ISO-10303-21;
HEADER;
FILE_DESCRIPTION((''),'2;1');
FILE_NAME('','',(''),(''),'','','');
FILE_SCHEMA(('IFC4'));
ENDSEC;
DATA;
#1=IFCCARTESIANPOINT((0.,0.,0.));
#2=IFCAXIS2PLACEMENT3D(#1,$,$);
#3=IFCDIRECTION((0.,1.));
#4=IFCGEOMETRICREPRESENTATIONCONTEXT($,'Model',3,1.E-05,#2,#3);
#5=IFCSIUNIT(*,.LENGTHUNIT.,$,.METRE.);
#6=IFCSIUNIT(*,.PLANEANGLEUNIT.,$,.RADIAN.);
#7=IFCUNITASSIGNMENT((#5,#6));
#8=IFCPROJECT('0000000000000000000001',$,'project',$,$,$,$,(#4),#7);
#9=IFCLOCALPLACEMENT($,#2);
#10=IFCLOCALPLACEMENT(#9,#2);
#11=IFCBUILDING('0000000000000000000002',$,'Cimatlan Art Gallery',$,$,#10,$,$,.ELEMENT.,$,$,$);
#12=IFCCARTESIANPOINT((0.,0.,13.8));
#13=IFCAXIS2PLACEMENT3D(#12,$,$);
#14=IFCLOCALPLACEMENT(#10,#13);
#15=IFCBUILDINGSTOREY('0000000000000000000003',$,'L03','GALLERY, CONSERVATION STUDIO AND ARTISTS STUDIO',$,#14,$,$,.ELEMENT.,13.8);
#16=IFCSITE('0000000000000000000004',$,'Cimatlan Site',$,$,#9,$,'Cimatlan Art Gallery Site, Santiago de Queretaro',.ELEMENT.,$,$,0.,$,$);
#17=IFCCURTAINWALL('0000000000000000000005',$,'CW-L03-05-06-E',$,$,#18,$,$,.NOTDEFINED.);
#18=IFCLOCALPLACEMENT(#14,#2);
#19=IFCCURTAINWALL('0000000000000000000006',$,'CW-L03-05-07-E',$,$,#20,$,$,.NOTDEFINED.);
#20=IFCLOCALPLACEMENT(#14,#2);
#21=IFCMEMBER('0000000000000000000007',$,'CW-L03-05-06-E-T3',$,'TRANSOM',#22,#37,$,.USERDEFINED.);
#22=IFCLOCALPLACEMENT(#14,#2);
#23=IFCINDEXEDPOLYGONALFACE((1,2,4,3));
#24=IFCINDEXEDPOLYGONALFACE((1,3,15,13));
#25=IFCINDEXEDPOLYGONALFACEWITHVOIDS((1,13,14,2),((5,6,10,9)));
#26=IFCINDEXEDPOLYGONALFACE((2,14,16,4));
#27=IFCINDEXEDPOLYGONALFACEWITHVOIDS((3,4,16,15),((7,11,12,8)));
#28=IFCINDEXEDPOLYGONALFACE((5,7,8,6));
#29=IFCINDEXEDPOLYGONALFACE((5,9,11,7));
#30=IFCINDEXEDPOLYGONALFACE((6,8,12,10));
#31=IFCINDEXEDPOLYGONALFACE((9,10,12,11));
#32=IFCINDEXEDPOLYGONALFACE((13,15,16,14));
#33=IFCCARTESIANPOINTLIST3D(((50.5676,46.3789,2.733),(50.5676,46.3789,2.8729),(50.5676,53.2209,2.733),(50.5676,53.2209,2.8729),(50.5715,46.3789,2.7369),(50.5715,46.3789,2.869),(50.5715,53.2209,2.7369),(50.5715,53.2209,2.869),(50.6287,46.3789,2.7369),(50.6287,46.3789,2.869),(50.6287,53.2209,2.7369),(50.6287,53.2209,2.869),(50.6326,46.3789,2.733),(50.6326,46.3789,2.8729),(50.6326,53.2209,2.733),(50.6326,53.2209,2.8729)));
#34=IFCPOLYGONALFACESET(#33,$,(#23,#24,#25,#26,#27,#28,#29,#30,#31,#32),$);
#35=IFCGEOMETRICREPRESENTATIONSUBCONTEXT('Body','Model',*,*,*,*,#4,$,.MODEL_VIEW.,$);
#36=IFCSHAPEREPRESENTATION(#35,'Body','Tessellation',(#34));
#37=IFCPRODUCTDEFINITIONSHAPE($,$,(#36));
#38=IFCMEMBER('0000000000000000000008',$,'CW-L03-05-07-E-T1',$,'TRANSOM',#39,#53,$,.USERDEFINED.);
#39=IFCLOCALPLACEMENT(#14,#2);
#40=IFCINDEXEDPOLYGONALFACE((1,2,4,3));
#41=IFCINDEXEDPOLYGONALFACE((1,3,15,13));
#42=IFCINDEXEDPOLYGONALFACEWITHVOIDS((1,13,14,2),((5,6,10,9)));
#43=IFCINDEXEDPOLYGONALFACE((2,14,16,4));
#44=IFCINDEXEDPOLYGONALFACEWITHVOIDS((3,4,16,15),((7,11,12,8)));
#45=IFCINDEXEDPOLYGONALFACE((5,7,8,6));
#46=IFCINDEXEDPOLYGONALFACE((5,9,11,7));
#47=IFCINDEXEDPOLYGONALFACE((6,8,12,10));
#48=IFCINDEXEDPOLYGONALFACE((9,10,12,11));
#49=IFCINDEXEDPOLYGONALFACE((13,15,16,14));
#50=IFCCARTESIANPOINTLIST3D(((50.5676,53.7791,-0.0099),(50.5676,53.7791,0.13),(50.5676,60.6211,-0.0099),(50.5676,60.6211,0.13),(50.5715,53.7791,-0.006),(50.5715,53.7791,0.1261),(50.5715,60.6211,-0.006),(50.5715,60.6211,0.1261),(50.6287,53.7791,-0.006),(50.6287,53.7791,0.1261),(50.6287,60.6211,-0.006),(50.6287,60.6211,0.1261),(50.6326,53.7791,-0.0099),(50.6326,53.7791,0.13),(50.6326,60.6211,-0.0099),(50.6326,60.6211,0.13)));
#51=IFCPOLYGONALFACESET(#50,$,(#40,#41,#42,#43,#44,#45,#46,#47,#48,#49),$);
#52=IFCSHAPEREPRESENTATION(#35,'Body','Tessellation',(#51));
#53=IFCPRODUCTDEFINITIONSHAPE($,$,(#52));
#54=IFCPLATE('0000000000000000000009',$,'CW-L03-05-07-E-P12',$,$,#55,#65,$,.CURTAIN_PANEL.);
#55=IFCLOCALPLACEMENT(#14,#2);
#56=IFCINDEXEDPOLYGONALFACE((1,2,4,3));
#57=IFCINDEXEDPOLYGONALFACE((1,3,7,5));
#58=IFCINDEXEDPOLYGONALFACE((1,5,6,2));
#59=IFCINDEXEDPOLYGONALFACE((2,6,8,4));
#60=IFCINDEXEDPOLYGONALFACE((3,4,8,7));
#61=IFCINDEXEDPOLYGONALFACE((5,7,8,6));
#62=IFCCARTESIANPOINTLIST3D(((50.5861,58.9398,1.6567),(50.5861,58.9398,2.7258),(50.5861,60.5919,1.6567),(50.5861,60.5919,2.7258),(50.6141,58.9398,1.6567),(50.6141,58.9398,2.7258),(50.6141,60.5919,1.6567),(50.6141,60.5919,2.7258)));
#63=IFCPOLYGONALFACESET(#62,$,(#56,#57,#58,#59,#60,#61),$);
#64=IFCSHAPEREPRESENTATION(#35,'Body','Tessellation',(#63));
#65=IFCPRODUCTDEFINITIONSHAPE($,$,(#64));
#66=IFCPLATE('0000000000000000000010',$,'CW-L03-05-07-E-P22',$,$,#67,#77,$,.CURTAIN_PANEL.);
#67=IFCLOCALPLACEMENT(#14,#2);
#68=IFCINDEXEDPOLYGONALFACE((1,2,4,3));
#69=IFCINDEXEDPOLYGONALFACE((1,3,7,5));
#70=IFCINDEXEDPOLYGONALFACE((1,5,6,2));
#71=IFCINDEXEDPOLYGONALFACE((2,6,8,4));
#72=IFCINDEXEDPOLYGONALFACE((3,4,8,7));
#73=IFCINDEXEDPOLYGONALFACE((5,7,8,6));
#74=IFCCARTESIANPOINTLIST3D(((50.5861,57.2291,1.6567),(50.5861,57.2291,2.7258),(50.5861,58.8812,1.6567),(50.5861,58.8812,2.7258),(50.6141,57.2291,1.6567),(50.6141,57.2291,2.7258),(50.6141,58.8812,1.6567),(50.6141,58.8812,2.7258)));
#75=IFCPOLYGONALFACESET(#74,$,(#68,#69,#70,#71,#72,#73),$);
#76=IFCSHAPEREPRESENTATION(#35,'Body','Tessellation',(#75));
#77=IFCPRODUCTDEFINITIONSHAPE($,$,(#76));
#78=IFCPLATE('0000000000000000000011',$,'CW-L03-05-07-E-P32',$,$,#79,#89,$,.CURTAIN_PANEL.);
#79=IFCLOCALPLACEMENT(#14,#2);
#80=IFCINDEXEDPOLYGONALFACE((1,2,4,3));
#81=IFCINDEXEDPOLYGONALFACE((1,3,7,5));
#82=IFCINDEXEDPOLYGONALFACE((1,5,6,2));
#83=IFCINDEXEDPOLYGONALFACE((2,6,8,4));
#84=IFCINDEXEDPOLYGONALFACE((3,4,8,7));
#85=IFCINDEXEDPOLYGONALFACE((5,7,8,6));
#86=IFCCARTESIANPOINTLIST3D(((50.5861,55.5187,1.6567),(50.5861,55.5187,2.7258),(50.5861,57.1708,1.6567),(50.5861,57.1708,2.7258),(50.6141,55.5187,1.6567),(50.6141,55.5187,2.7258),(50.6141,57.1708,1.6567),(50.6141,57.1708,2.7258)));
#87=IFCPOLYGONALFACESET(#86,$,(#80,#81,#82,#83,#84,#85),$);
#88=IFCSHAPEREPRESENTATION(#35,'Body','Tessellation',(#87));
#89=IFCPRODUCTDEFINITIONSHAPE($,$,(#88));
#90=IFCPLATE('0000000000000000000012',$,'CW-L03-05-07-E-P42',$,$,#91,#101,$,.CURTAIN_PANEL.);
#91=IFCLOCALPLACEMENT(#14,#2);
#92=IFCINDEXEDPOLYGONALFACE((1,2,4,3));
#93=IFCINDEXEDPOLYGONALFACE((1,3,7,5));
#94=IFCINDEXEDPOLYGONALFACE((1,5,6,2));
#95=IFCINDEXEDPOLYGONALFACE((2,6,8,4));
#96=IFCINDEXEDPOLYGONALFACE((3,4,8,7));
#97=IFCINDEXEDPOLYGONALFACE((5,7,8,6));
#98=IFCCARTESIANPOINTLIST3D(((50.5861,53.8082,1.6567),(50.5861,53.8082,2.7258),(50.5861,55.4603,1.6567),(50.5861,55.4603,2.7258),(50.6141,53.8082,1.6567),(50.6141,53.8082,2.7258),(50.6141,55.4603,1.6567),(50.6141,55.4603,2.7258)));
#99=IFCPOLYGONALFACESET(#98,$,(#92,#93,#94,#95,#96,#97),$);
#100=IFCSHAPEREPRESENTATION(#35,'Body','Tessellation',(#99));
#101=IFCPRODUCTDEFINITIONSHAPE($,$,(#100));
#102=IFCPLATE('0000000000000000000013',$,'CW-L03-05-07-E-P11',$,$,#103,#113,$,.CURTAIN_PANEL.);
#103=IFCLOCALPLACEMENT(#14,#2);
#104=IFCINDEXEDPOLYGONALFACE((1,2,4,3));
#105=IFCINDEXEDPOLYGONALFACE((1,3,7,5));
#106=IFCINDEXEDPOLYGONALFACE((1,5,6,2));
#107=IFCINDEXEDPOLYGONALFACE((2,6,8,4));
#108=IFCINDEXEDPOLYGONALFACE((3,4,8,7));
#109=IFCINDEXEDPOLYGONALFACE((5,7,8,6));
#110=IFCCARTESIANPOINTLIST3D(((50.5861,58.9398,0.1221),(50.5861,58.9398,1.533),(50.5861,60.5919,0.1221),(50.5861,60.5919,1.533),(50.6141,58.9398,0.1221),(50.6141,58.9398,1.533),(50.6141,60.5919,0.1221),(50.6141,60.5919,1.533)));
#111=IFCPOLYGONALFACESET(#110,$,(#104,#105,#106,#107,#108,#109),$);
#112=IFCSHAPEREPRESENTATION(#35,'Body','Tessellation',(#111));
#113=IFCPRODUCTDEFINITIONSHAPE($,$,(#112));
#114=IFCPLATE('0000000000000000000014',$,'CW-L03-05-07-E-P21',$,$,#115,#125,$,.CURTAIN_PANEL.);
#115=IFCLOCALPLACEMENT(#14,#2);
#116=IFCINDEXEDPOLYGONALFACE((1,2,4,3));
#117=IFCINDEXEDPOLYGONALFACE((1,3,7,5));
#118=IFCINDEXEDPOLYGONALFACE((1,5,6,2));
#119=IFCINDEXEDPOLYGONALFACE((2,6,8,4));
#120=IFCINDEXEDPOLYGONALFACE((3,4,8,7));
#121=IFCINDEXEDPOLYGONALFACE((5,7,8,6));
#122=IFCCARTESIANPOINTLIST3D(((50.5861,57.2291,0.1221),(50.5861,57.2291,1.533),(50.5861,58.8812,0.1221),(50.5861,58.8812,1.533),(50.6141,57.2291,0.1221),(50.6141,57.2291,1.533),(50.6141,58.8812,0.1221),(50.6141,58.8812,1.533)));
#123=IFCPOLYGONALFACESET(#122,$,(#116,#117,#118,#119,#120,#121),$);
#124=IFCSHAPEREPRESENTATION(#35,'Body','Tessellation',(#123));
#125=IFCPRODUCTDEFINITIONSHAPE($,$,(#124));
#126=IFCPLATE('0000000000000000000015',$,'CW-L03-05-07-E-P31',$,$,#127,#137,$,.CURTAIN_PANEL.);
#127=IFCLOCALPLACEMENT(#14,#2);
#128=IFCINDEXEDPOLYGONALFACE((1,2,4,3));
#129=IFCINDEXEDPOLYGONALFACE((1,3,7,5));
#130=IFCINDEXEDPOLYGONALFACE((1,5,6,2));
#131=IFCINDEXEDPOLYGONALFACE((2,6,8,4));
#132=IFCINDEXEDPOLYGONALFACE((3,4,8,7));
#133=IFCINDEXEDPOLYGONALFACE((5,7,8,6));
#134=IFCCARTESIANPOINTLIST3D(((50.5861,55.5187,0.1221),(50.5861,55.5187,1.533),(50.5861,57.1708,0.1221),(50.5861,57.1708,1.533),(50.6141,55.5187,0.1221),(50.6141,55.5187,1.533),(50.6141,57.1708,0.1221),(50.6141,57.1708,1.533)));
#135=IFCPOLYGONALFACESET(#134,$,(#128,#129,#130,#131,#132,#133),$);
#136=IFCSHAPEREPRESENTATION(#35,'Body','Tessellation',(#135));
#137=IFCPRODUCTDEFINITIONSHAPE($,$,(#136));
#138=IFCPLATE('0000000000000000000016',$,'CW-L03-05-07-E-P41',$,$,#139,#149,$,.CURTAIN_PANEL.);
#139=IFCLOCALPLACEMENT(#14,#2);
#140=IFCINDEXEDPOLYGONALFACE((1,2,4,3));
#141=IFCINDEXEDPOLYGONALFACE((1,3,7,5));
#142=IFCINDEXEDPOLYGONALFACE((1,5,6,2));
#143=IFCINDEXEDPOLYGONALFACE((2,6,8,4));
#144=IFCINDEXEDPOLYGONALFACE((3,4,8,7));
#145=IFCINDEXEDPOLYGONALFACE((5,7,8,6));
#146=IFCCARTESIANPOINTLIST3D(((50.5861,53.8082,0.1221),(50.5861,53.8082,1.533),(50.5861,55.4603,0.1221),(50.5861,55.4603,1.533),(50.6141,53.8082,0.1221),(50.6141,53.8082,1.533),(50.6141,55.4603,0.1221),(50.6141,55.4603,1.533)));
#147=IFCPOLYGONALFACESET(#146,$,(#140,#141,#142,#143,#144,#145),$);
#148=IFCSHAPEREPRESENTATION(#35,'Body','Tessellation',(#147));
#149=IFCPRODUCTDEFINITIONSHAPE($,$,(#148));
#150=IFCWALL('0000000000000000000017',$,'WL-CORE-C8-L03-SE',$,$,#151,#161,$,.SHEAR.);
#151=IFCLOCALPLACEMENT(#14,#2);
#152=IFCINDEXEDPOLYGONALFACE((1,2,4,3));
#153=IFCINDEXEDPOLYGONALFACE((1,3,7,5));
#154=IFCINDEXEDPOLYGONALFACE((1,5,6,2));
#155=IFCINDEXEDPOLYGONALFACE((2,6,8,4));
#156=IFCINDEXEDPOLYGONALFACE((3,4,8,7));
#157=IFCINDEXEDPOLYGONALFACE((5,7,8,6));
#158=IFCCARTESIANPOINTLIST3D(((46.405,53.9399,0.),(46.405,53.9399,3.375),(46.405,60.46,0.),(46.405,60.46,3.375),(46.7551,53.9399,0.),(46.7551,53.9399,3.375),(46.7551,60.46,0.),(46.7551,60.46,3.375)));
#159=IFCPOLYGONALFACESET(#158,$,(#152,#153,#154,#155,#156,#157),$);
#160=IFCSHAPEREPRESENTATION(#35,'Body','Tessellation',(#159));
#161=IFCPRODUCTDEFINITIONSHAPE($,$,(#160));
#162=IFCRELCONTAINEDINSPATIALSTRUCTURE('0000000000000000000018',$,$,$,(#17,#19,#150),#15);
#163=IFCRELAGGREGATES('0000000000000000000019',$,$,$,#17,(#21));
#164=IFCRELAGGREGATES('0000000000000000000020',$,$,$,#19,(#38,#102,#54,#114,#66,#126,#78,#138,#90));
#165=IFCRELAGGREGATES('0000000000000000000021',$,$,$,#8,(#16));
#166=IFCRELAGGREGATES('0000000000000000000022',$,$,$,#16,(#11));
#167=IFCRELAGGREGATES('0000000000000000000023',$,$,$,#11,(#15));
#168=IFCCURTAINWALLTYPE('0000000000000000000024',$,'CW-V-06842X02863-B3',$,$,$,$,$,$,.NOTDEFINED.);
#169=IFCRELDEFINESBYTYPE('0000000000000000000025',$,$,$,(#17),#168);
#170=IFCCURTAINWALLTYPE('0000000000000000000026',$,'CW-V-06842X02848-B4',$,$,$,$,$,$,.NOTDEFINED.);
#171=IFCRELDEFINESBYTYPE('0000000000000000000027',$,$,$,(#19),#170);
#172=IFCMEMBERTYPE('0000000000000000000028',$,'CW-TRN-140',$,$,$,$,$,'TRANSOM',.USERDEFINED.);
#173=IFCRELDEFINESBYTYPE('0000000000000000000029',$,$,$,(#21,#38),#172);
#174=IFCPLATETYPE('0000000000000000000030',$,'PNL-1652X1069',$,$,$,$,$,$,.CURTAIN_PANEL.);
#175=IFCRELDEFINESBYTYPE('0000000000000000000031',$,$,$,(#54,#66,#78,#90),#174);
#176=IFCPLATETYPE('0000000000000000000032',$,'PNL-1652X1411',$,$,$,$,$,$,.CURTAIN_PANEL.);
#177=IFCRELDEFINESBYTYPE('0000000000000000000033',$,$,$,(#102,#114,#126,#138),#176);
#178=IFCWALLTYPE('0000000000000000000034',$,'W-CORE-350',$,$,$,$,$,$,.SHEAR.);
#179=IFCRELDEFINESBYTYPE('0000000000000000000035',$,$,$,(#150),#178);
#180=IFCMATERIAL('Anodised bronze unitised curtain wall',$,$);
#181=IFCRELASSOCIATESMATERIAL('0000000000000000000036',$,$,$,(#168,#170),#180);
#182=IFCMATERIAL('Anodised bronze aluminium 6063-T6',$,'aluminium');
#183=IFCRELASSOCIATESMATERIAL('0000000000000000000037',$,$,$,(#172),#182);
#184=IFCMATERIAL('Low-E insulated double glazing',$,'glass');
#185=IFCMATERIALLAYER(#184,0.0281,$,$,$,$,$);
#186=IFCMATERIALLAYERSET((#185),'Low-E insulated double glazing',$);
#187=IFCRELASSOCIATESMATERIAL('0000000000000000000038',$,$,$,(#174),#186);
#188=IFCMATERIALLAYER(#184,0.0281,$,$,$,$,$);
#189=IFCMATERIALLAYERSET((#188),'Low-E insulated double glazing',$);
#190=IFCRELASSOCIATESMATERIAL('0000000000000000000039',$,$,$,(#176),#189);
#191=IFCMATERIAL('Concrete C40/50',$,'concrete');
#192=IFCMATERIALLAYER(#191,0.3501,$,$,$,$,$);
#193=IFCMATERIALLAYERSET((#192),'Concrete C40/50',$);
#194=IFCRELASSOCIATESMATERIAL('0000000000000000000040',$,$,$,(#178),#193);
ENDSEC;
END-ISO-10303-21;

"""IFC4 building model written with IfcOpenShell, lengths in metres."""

from ifc_helpers import new_model, si_unit, direction, frame, frame_2d, origin, origin_2d, place, context, subcontext, project, spatial, rectangle, hollow_rectangle, extrude, material, layer, layer_set, material_profile, profile_set, type_object, element, aggregate, save


model = new_model("IFC4")

# Units and contexts
model_context = context("Model", 3, precision=1e-05, world=origin(), true_north=direction((0.0, 1.0)))
body_context = subcontext(model_context, "Body", "Model", "MODEL_VIEW")
ifc_project = project(units=[si_unit("LENGTHUNIT", "METRE"), si_unit("PLANEANGLEUNIT", "RADIAN")], contexts=[model_context])

# Site, building, storey
site_placement = place(None, origin())
site = spatial("IfcSite", under=ifc_project, at=site_placement, Name="Cimatlan Site", LongName="Cimatlan Art Gallery Site, Santiago de Queretaro", CompositionType="ELEMENT", RefElevation=0.0)
building_placement = place(site_placement, origin())
building = spatial("IfcBuilding", under=site, at=building_placement, Name="Cimatlan Art Gallery", CompositionType="ELEMENT")
storey_placement = place(building_placement, frame((0.0, 0.0, 13.8)))
storey = spatial("IfcBuildingStorey", under=building, at=storey_placement, Name="L03", Description="GALLERY, CONSERVATION STUDIO AND ARTISTS STUDIO", CompositionType="ELEMENT", Elevation=13.8)

# Curtain wall
ifc_material_1 = material(Name="Anodised bronze unitised curtain wall")
curtain_wall_type_1 = type_object("IfcCurtainWallType", Name="CW-V-06842X02863-B3", PredefinedType="NOTDEFINED", material=ifc_material_1)
curtain_wall_1_placement = place(storey_placement, origin())
curtain_wall_1 = element("IfcCurtainWall", 1, at=curtain_wall_1_placement, inside=storey, type_object=curtain_wall_type_1, Name="CW-L03-05-06-E", PredefinedType="NOTDEFINED")
ifc_material_2 = material(Name="Anodised bronze aluminium 6063-T6", Category="aluminium")

# Curtain wall
curtain_wall_type_2 = type_object("IfcCurtainWallType", Name="CW-V-06842X02848-B4", PredefinedType="NOTDEFINED", material=ifc_material_1)
curtain_wall_2_placement = place(storey_placement, origin())
curtain_wall_2 = element("IfcCurtainWall", 2, at=curtain_wall_2_placement, inside=storey, type_object=curtain_wall_type_2, Name="CW-L03-05-07-E", PredefinedType="NOTDEFINED")

# Members
ifc_material_profile_1 = material_profile(ifc_material_2, hollow_rectangle(XDim=0.0649, YDim=0.1399, WallThickness=0.0039, at=origin_2d()), Name="ALU65X140X4")
ifc_profile_set_1 = profile_set([ifc_material_profile_1], Name="Anodised bronze aluminium 6063-T6")
member_type_1 = type_object("IfcMemberType", Name="CW-TRN-140", ElementType="TRANSOM", PredefinedType="USERDEFINED", material=ifc_profile_set_1)
member_1_placement = place(storey_placement, frame((50.6001, 53.2209, 2.803), z_axis=(0.0, -1.0, 0.0), x_axis=(1.0, 0.0, 0.0)))
member_1 = element("IfcMember", 3, at=member_1_placement, type_object=member_type_1, Name="CW-L03-05-06-E-T3", ObjectType="TRANSOM", PredefinedType="USERDEFINED", context=body_context, shape_type="SweptSolid", body=[
    extrude(hollow_rectangle(XDim=0.0649, YDim=0.1399, WallThickness=0.0039, at=origin_2d()), origin(), (0.0, 0.0, 1.0), 6.842),
])
aggregate(curtain_wall_1, [member_1])
member_2_placement = place(storey_placement, frame((50.6001, 60.6211, 0.0601), z_axis=(0.0, -1.0, 0.0), x_axis=(1.0, 0.0, 0.0)))
member_2 = element("IfcMember", 4, at=member_2_placement, type_object=member_type_1, Name="CW-L03-05-07-E-T1", ObjectType="TRANSOM", PredefinedType="USERDEFINED", context=body_context, shape_type="SweptSolid", body=[
    extrude(hollow_rectangle(XDim=0.0649, YDim=0.1399, WallThickness=0.0039, at=origin_2d()), origin(), (0.0, 0.0, 1.0), 6.842),
])

# Plates
ifc_material_3 = material(Name="Low-E insulated double glazing", Category="glass")
ifc_layer_1 = layer(ifc_material_3, 0.0281)
ifc_layer_set_1 = layer_set([ifc_layer_1], Name="Low-E insulated double glazing")
plate_type_1 = type_object("IfcPlateType", Name="PNL-1652X1069", PredefinedType="CURTAIN_PANEL", material=ifc_layer_set_1)
plate_1_placement = place(storey_placement, frame((50.6001, 59.7659, 1.6567), z_axis=(0.0, 0.0, 1.0), x_axis=(0.0, -1.0, 0.0)))
plate_1 = element("IfcPlate", 5, at=plate_1_placement, type_object=plate_type_1, Name="CW-L03-05-07-E-P12", PredefinedType="CURTAIN_PANEL", context=body_context, shape_type="SweptSolid", body=[
    extrude(rectangle(XDim=1.6521, YDim=0.0281, at=origin_2d()), origin(), (0.0, 0.0, 1.0), 1.0691),
])
plate_2_placement = place(storey_placement, frame((50.6001, 58.0552, 1.6567), z_axis=(0.0, 0.0, 1.0), x_axis=(0.0, -1.0, 0.0)))
plate_2 = element("IfcPlate", 6, at=plate_2_placement, type_object=plate_type_1, Name="CW-L03-05-07-E-P22", PredefinedType="CURTAIN_PANEL", context=body_context, shape_type="SweptSolid", body=[
    extrude(rectangle(XDim=1.6521, YDim=0.0281, at=origin_2d()), origin(), (0.0, 0.0, 1.0), 1.0691),
])
plate_3_placement = place(storey_placement, frame((50.6001, 56.3447, 1.6567), z_axis=(0.0, 0.0, 1.0), x_axis=(0.0, -1.0, 0.0)))
plate_3 = element("IfcPlate", 7, at=plate_3_placement, type_object=plate_type_1, Name="CW-L03-05-07-E-P32", PredefinedType="CURTAIN_PANEL", context=body_context, shape_type="SweptSolid", body=[
    extrude(rectangle(XDim=1.6521, YDim=0.0281, at=origin_2d()), origin(), (0.0, 0.0, 1.0), 1.0691),
])
plate_4_placement = place(storey_placement, frame((50.6001, 54.6343, 1.6567), z_axis=(0.0, 0.0, 1.0), x_axis=(0.0, -1.0, 0.0)))
plate_4 = element("IfcPlate", 8, at=plate_4_placement, type_object=plate_type_1, Name="CW-L03-05-07-E-P42", PredefinedType="CURTAIN_PANEL", context=body_context, shape_type="SweptSolid", body=[
    extrude(rectangle(XDim=1.6521, YDim=0.0281, at=origin_2d()), origin(), (0.0, 0.0, 1.0), 1.0691),
])
ifc_layer_2 = layer(ifc_material_3, 0.0281)
ifc_layer_set_2 = layer_set([ifc_layer_2], Name="Low-E insulated double glazing")
plate_type_2 = type_object("IfcPlateType", Name="PNL-1652X1411", PredefinedType="CURTAIN_PANEL", material=ifc_layer_set_2)
plate_5_placement = place(storey_placement, frame((50.6001, 59.7659, 0.1221), z_axis=(0.0, 0.0, 1.0), x_axis=(0.0, -1.0, 0.0)))
plate_5 = element("IfcPlate", 9, at=plate_5_placement, type_object=plate_type_2, Name="CW-L03-05-07-E-P11", PredefinedType="CURTAIN_PANEL", context=body_context, shape_type="SweptSolid", body=[
    extrude(rectangle(XDim=1.6521, YDim=0.0281, at=origin_2d()), origin(), (0.0, 0.0, 1.0), 1.4109),
])
plate_6_placement = place(storey_placement, frame((50.6001, 58.0552, 0.1221), z_axis=(0.0, 0.0, 1.0), x_axis=(0.0, -1.0, 0.0)))
plate_6 = element("IfcPlate", 10, at=plate_6_placement, type_object=plate_type_2, Name="CW-L03-05-07-E-P21", PredefinedType="CURTAIN_PANEL", context=body_context, shape_type="SweptSolid", body=[
    extrude(rectangle(XDim=1.6521, YDim=0.0281, at=origin_2d()), origin(), (0.0, 0.0, 1.0), 1.4109),
])
plate_7_placement = place(storey_placement, frame((50.6001, 56.3447, 0.1221), z_axis=(0.0, 0.0, 1.0), x_axis=(0.0, -1.0, 0.0)))
plate_7 = element("IfcPlate", 11, at=plate_7_placement, type_object=plate_type_2, Name="CW-L03-05-07-E-P31", PredefinedType="CURTAIN_PANEL", context=body_context, shape_type="SweptSolid", body=[
    extrude(rectangle(XDim=1.6521, YDim=0.0281, at=origin_2d()), origin(), (0.0, 0.0, 1.0), 1.4109),
])
plate_8_placement = place(storey_placement, frame((50.6001, 54.6343, 0.1221), z_axis=(0.0, 0.0, 1.0), x_axis=(0.0, -1.0, 0.0)))
plate_8 = element("IfcPlate", 12, at=plate_8_placement, type_object=plate_type_2, Name="CW-L03-05-07-E-P41", PredefinedType="CURTAIN_PANEL", context=body_context, shape_type="SweptSolid", body=[
    extrude(rectangle(XDim=1.6521, YDim=0.0281, at=origin_2d()), origin(), (0.0, 0.0, 1.0), 1.4109),
])
aggregate(curtain_wall_2, [member_2, plate_5, plate_1, plate_6, plate_2, plate_7, plate_3, plate_8, plate_4])

# Wall
ifc_material_4 = material(Name="Concrete C40/50", Category="concrete")
ifc_layer_3 = layer(ifc_material_4, 0.3501)
ifc_layer_set_3 = layer_set([ifc_layer_3], Name="Concrete C40/50")
wall_type = type_object("IfcWallType", Name="W-CORE-350", PredefinedType="SHEAR", material=ifc_layer_set_3)
wall_placement = place(storey_placement, frame((46.5801, 53.9399, 0.0), z_axis=(0.0, 0.0, 1.0), x_axis=(0.0, 1.0, 0.0)))
element("IfcWall", 13, at=wall_placement, inside=storey, type_object=wall_type, Name="WL-CORE-C8-L03-SE", PredefinedType="SHEAR", context=body_context, shape_type="SweptSolid", body=[
    extrude(rectangle(XDim=6.52, YDim=0.3501, at=frame_2d((3.26, 0.0))), origin(), (0.0, 0.0, 1.0), 3.375),
])

save(model, "model.ifc")
